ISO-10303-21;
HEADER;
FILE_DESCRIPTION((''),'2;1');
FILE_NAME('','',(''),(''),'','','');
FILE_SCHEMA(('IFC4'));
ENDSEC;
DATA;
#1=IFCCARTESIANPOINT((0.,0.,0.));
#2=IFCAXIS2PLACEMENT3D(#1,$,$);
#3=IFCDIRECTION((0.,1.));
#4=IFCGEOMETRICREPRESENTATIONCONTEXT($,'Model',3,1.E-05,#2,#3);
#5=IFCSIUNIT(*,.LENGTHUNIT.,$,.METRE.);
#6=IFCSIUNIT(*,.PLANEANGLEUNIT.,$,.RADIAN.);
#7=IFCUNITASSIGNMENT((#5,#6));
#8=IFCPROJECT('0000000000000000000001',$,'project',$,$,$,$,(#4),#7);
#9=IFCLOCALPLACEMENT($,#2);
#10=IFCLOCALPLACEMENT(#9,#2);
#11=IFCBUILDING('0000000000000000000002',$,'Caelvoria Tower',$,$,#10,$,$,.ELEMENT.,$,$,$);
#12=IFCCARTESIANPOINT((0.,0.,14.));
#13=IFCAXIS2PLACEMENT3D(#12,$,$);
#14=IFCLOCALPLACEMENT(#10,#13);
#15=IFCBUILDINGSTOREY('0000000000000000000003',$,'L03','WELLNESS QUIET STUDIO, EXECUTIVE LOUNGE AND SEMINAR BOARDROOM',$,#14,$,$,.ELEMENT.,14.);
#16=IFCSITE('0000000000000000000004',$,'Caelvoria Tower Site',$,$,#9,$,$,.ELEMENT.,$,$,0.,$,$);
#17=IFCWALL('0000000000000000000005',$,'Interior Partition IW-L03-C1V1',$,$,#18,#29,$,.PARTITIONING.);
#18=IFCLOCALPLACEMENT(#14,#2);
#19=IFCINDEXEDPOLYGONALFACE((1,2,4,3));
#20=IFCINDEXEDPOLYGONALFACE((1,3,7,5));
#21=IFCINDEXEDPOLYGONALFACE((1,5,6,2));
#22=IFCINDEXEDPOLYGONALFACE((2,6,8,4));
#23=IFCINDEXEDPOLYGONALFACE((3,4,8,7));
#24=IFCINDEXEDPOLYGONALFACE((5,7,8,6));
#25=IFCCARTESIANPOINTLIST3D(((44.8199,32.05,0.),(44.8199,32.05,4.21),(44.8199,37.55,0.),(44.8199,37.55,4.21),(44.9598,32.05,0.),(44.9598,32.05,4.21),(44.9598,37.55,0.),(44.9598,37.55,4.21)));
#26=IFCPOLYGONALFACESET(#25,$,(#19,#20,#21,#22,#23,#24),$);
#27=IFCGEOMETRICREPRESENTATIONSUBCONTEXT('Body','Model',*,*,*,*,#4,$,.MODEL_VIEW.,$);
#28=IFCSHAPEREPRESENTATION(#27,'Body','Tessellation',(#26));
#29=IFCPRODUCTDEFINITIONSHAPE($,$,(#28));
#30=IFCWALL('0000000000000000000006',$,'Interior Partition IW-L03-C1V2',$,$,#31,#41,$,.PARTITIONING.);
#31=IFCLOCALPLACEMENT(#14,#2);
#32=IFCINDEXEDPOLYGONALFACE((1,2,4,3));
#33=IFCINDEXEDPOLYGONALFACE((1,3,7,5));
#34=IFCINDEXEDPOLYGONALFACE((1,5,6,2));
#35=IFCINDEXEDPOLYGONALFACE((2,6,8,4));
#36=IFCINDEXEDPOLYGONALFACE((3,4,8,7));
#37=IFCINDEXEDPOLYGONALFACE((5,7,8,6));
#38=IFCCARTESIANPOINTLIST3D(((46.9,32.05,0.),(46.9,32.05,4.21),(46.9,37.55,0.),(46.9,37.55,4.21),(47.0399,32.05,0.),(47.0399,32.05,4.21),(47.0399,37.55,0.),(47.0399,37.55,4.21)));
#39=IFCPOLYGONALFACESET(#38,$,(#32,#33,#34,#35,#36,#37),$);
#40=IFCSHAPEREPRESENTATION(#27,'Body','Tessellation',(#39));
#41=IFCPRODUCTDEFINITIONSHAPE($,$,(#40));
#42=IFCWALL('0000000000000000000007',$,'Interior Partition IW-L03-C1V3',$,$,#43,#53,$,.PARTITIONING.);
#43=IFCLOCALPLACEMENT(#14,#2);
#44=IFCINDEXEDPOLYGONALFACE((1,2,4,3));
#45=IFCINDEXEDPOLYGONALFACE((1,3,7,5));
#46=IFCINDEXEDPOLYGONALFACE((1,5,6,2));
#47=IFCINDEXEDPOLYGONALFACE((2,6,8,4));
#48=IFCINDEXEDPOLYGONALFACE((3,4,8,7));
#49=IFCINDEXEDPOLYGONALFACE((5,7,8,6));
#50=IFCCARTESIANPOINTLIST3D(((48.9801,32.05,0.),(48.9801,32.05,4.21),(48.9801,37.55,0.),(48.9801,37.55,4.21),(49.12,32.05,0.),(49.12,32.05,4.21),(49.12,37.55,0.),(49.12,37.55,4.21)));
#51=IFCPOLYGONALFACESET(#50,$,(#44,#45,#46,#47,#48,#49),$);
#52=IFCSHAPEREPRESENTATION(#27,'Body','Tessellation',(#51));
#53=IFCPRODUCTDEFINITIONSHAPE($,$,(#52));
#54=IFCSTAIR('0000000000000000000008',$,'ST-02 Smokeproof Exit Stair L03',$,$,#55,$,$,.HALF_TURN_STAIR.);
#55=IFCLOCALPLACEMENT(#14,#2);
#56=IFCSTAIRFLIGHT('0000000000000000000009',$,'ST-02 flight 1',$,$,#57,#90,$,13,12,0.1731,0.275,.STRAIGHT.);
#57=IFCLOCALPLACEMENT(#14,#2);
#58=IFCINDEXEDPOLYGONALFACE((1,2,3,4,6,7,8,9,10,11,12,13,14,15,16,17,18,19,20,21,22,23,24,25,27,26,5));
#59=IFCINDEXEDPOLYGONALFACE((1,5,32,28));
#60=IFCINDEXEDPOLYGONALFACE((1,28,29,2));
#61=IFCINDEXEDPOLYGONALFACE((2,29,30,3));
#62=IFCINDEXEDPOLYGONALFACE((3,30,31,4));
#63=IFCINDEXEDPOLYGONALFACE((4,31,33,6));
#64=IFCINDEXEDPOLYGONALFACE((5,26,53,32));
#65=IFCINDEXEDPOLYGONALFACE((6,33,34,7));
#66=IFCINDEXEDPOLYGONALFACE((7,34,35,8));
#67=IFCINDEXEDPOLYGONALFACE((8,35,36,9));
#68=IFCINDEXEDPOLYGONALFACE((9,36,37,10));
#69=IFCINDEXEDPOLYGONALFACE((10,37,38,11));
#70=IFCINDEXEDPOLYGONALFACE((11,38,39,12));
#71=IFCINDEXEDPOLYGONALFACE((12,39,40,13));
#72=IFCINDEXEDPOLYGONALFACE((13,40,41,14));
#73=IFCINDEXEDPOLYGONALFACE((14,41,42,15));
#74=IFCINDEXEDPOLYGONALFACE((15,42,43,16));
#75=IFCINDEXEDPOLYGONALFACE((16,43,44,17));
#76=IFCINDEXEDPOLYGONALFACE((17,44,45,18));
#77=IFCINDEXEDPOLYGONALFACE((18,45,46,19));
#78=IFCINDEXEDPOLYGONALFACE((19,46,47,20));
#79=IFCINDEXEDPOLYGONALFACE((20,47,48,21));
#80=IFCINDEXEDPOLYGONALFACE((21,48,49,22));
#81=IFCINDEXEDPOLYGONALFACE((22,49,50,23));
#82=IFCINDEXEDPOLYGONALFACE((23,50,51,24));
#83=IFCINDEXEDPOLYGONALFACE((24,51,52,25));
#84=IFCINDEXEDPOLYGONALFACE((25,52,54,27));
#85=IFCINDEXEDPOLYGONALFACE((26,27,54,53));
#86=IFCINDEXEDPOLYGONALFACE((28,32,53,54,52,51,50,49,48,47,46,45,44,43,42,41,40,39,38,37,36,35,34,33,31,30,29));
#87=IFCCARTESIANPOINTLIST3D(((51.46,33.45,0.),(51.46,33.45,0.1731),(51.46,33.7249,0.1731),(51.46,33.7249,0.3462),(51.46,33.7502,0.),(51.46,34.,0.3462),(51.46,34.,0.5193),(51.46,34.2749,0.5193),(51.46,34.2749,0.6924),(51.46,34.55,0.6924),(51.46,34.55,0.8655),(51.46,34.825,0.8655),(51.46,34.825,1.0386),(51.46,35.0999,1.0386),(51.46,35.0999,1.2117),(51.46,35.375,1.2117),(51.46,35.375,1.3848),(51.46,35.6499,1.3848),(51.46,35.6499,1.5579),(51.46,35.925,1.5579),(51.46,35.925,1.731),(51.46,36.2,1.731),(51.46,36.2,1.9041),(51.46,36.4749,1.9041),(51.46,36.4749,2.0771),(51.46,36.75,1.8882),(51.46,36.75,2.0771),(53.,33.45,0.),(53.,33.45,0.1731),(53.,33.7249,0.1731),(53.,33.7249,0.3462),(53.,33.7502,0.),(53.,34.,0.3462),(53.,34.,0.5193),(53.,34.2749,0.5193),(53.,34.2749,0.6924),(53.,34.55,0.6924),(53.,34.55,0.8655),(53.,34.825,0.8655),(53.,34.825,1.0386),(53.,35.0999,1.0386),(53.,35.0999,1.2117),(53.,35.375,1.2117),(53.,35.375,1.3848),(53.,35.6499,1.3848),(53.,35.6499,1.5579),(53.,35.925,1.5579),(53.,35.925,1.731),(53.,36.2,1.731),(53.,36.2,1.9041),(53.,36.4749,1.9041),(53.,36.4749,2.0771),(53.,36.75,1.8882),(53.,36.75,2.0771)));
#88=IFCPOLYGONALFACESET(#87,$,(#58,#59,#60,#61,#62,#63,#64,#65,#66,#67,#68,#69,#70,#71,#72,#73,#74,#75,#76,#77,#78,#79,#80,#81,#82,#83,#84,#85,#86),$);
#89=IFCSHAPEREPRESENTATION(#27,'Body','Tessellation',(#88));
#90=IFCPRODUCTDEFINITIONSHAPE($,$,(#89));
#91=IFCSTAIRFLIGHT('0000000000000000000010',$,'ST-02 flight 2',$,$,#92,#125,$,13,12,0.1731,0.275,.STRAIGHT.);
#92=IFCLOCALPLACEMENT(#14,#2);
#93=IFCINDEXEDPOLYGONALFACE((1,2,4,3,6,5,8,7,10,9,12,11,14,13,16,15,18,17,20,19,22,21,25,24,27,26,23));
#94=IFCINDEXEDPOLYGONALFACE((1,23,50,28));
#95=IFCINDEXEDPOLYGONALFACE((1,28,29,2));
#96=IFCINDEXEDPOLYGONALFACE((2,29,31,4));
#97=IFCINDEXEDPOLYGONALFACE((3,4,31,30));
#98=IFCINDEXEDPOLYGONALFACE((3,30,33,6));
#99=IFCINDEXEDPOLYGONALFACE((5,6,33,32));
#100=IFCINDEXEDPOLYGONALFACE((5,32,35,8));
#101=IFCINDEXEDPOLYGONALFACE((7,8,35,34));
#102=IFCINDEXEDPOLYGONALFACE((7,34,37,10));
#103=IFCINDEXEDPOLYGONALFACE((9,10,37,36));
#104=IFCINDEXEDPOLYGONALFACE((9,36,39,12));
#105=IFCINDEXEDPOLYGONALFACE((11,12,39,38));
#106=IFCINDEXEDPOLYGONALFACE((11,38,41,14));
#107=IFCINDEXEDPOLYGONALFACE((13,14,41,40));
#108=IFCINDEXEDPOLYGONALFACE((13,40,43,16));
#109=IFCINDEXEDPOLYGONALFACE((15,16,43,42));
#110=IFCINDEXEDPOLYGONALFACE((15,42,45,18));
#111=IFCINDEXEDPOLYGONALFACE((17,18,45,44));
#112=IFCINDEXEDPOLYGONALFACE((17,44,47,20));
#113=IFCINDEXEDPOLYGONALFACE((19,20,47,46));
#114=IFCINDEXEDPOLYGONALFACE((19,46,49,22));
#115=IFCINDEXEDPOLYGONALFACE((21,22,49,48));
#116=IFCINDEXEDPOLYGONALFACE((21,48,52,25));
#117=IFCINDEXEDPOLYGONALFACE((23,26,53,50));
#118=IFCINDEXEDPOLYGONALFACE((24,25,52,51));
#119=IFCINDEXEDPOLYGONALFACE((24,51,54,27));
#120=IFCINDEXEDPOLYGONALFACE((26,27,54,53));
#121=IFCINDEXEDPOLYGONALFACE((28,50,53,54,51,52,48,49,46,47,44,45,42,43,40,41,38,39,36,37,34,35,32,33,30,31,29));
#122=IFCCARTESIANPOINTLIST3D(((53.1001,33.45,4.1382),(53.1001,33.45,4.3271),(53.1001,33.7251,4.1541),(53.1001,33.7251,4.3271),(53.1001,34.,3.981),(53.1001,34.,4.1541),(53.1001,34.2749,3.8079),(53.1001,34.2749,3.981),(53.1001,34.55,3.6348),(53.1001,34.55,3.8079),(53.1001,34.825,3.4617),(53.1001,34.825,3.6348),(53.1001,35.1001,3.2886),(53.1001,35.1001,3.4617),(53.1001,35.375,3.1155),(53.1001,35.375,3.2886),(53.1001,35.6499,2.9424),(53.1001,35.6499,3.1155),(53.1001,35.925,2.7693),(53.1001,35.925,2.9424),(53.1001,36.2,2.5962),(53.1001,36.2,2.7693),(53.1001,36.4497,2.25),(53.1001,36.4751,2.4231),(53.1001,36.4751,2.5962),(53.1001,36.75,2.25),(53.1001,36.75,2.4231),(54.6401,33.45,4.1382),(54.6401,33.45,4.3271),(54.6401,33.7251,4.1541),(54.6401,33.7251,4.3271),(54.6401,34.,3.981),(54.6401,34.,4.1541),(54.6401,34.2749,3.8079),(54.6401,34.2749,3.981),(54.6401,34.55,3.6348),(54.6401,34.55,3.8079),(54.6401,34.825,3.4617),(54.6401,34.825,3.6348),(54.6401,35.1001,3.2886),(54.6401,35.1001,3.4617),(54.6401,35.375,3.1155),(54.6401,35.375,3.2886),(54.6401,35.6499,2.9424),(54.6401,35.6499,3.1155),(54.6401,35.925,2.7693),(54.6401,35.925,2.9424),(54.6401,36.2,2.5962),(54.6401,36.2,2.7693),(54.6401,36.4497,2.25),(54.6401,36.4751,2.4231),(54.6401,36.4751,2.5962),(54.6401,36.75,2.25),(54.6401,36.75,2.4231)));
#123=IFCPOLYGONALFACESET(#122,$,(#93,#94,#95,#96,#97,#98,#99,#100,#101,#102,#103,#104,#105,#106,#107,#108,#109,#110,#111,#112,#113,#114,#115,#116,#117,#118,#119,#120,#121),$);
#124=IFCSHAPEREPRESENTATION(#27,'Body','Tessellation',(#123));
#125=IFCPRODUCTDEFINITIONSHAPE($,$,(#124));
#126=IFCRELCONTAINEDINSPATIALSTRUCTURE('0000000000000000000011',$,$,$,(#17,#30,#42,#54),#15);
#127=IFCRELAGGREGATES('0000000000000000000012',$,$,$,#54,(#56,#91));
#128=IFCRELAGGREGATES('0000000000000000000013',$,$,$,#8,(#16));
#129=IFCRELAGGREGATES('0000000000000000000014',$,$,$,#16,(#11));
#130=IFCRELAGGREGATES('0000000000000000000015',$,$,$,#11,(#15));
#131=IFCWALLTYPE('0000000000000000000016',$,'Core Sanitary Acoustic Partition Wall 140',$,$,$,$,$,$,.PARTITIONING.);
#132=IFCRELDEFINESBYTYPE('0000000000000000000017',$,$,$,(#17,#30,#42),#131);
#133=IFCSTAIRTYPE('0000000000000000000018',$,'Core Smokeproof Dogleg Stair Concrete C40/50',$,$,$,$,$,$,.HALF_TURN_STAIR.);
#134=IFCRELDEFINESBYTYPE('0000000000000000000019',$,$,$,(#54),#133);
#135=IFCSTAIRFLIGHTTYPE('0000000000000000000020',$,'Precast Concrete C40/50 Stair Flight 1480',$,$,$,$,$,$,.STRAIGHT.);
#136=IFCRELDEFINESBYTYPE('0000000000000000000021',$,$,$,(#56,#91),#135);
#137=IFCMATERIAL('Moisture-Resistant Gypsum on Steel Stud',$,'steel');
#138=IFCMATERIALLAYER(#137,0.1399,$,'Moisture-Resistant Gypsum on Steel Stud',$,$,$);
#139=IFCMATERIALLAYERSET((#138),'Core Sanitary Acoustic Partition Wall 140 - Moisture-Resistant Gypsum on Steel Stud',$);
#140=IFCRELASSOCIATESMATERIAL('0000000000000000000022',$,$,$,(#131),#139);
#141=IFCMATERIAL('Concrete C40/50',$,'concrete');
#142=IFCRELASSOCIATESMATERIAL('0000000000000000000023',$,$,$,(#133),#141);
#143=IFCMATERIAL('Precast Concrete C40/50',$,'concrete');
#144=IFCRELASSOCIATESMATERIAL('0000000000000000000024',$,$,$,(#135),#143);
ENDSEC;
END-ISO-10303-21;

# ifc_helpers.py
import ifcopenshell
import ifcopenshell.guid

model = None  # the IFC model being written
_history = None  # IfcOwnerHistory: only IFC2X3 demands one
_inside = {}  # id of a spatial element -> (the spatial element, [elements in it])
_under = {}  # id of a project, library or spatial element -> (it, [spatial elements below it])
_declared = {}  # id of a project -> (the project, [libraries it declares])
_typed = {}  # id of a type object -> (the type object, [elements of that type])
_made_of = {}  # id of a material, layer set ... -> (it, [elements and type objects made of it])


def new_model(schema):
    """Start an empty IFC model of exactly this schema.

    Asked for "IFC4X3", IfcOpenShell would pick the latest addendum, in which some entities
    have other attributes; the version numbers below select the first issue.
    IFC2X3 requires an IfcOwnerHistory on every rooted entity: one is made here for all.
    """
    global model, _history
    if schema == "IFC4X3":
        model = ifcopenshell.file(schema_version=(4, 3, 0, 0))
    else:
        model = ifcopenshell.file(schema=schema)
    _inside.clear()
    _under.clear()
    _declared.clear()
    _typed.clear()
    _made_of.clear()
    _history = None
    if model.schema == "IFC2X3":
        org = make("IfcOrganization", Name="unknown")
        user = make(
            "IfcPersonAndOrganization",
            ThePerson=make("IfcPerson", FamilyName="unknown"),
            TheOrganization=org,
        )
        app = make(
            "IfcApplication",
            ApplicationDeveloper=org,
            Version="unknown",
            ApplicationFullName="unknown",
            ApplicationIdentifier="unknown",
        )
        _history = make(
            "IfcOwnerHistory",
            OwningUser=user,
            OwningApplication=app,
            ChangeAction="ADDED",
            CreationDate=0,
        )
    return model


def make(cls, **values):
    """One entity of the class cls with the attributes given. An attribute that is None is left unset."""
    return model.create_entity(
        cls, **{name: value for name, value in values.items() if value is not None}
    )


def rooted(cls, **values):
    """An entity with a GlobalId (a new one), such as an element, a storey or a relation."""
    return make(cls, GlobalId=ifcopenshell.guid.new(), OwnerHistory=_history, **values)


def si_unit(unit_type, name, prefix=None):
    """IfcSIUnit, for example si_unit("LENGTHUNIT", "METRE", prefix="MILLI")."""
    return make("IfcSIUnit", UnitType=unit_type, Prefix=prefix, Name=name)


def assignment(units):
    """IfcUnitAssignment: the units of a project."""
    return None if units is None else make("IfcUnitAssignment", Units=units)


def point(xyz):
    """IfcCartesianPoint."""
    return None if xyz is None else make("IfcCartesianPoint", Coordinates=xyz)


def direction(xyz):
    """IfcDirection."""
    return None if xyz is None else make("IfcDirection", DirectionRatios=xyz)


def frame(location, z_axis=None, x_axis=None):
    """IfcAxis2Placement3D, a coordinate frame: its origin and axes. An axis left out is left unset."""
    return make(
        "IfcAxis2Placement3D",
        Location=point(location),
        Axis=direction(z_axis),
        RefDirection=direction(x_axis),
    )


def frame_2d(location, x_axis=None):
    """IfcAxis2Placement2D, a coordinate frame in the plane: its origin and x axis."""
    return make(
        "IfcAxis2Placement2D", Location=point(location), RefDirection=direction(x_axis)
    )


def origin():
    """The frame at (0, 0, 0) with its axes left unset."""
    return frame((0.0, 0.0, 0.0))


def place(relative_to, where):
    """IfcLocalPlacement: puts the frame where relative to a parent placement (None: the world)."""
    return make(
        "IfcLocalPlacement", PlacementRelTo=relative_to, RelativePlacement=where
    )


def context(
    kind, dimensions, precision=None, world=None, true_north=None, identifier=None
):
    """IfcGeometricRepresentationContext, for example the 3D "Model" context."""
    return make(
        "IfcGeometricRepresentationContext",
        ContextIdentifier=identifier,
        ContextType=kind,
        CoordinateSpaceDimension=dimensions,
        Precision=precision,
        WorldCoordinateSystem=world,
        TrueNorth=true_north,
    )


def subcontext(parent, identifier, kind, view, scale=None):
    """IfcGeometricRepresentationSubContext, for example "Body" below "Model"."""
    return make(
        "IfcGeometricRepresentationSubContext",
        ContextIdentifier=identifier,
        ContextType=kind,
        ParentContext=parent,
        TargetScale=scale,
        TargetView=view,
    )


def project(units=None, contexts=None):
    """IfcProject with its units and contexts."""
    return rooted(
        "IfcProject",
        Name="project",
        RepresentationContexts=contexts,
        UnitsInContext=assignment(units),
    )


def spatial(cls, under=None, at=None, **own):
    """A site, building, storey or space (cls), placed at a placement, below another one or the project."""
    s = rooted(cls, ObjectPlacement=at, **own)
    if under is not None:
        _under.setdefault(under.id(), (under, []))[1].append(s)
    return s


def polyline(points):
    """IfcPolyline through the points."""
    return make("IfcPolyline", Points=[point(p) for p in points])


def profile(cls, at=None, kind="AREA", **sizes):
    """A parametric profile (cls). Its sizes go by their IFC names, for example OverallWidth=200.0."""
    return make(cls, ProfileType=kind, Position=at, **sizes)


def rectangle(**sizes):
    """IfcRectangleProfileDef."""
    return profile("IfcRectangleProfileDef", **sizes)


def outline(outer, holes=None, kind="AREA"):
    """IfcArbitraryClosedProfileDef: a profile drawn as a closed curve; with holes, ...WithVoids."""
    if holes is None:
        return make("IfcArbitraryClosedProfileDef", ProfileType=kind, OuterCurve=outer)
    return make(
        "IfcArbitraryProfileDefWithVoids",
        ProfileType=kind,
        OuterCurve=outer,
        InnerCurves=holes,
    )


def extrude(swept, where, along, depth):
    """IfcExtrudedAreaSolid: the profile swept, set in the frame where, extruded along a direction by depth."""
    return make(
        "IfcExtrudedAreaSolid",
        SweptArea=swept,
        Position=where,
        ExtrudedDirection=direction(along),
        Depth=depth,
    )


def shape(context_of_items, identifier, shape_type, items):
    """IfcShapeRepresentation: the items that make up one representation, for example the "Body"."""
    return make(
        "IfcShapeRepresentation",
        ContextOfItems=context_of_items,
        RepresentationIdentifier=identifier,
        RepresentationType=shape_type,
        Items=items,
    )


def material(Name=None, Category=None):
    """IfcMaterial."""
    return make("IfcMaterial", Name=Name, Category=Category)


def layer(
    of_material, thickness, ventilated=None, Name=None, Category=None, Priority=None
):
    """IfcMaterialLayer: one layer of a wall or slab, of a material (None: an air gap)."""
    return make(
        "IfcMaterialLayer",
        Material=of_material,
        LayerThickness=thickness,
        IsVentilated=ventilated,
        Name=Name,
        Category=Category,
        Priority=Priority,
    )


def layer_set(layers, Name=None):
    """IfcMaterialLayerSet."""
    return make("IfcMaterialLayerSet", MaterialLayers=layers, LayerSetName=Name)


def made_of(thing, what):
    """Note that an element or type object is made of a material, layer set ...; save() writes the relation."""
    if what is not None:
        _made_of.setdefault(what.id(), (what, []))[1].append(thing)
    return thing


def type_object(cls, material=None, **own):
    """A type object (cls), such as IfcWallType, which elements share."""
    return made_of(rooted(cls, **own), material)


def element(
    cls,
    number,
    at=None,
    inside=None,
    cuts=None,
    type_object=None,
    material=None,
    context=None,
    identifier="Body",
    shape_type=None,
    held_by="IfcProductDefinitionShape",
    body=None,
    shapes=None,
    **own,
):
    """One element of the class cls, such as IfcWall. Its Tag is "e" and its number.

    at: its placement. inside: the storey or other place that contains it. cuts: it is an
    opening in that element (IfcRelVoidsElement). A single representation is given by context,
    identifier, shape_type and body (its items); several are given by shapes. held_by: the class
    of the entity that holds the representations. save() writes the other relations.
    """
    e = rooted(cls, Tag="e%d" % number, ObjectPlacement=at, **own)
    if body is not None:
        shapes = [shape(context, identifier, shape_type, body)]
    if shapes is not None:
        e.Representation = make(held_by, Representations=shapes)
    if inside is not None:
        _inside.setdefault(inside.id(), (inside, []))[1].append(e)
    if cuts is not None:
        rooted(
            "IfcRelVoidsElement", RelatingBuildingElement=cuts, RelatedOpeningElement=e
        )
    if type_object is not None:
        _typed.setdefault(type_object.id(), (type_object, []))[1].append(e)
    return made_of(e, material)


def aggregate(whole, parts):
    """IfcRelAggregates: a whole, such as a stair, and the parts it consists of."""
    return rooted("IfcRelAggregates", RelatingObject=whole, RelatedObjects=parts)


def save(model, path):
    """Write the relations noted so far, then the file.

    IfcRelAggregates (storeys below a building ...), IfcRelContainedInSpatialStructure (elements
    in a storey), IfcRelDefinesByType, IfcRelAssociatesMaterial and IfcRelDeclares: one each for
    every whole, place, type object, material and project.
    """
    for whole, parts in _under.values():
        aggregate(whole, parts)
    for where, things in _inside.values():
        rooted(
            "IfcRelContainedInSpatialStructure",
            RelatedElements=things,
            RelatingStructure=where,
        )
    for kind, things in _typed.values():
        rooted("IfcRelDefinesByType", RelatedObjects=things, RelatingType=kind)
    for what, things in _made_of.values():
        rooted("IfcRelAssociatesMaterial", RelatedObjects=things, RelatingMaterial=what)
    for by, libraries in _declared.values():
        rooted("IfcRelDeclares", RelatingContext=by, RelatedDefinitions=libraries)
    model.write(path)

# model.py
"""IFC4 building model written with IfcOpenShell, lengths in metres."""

from ifc_helpers import new_model, si_unit, direction, frame, frame_2d, origin, place, context, subcontext, project, spatial, polyline, rectangle, outline, extrude, material, layer, layer_set, type_object, element, aggregate, save


model = new_model("IFC4")

# Units and contexts
model_context = context("Model", 3, precision=1e-05, world=origin(), true_north=direction((0.0, 1.0)))
body_context = subcontext(model_context, "Body", "Model", "MODEL_VIEW")
ifc_project = project(units=[si_unit("LENGTHUNIT", "METRE"), si_unit("PLANEANGLEUNIT", "RADIAN")], contexts=[model_context])

# Site, building, storey
site_placement = place(None, origin())
site = spatial("IfcSite", under=ifc_project, at=site_placement, Name="Caelvoria Tower Site", CompositionType="ELEMENT", RefElevation=0.0)
building_placement = place(site_placement, origin())
building = spatial("IfcBuilding", under=site, at=building_placement, Name="Caelvoria Tower", CompositionType="ELEMENT")
storey_placement = place(building_placement, frame((0.0, 0.0, 14.0)))
storey = spatial("IfcBuildingStorey", under=building, at=storey_placement, Name="L03", Description="WELLNESS QUIET STUDIO, EXECUTIVE LOUNGE AND SEMINAR BOARDROOM", CompositionType="ELEMENT", Elevation=14.0)

# Walls
ifc_material_1 = material(Name="Moisture-Resistant Gypsum on Steel Stud", Category="steel")
ifc_layer = layer(ifc_material_1, 0.1399, Name="Moisture-Resistant Gypsum on Steel Stud")
ifc_layer_set = layer_set([ifc_layer], Name="Core Sanitary Acoustic Partition Wall 140 - Moisture-Resistant Gypsum on Steel Stud")
wall_type = type_object("IfcWallType", Name="Core Sanitary Acoustic Partition Wall 140", PredefinedType="PARTITIONING", material=ifc_layer_set)
for number, where, z_axis, x_axis, name in (
    (1, (44.8899, 32.05, 0.0), (0.0, 0.0, 1.0), (0.0, 1.0, 0.0), "Interior Partition IW-L03-C1V1"),
    (2, (46.97, 32.05, 0.0), (0.0, 0.0, 1.0), (0.0, 1.0, 0.0), "Interior Partition IW-L03-C1V2"),
    (3, (49.05, 32.05, 0.0), (0.0, 0.0, 1.0), (0.0, 1.0, 0.0), "Interior Partition IW-L03-C1V3"),
):
    element("IfcWall", number, at=place(storey_placement, frame(where, z_axis=z_axis, x_axis=x_axis)), inside=storey, type_object=wall_type, Name=name, PredefinedType="PARTITIONING", context=body_context, shape_type="SweptSolid", body=[
        extrude(rectangle(XDim=5.5, YDim=0.1399, at=frame_2d((2.75, 0.0))), origin(), (0.0, 0.0, 1.0), 4.21),
    ])

# Stair, stair flights
ifc_material_2 = material(Name="Concrete C40/50", Category="concrete")
stair_type = type_object("IfcStairType", Name="Core Smokeproof Dogleg Stair Concrete C40/50", PredefinedType="HALF_TURN_STAIR", material=ifc_material_2)
stair_placement = place(storey_placement, origin())
stair = element("IfcStair", 4, at=stair_placement, inside=storey, type_object=stair_type, Name="ST-02 Smokeproof Exit Stair L03", PredefinedType="HALF_TURN_STAIR")
ifc_material_3 = material(Name="Precast Concrete C40/50", Category="concrete")
stair_flight_type = type_object("IfcStairFlightType", Name="Precast Concrete C40/50 Stair Flight 1480", PredefinedType="STRAIGHT", material=ifc_material_3)
stair_flight_1_placement = place(storey_placement, frame((52.23, 33.45, 0.0), z_axis=(0.0, 0.0, 1.0), x_axis=(0.0, 1.0, 0.0)))
stair_flight_1 = element("IfcStairFlight", 5, at=stair_flight_1_placement, type_object=stair_flight_type, Name="ST-02 flight 1", NumberOfRisers=13, NumberOfTreads=12, PredefinedType="STRAIGHT", RiserHeight=0.1731, TreadLength=0.275, context=body_context, shape_type="SweptSolid", body=[
    extrude(outline(polyline([(0.0, 0.0), (0.0, 0.1731), (0.2749, 0.1731), (0.2749, 0.3462), (0.55, 0.3462), (0.55, 0.5193), (0.825, 0.5193), (0.825, 0.6924), (1.1001, 0.6924), (1.1001, 0.8655), (1.375, 0.8655), (1.375, 1.0386), (1.6499, 1.0386), (1.6499, 1.2117), (1.925, 1.2117), (1.925, 1.3848), (2.2, 1.3848), (2.2, 1.5579), (2.4751, 1.5579), (2.4751, 1.731), (2.75, 1.731), (2.75, 1.9041), (3.0249, 1.9041), (3.0249, 2.0771), (3.3, 2.0771), (3.3, 2.2502), (3.3, 1.8882), (0.3003, 0.0), (0.0, 0.0)])), frame((0.0, 0.77, 0.0), z_axis=(0.0, -1.0, 0.0), x_axis=(1.0, 0.0, 0.0)), (0.0, 0.0, 1.0), 1.54),
])
stair_flight_2_placement = place(storey_placement, frame((53.8701, 36.75, 2.25), z_axis=(0.0, 0.0, 1.0), x_axis=(0.0, -1.0, 0.0)))
stair_flight_2 = element("IfcStairFlight", 6, at=stair_flight_2_placement, type_object=stair_flight_type, Name="ST-02 flight 2", NumberOfRisers=13, NumberOfTreads=12, PredefinedType="STRAIGHT", RiserHeight=0.1731, TreadLength=0.275, context=body_context, shape_type="SweptSolid", body=[
    extrude(outline(polyline([(0.0, 0.0), (0.0, 0.1731), (0.2749, 0.1731), (0.2749, 0.3462), (0.55, 0.3462), (0.55, 0.5193), (0.825, 0.5193), (0.825, 0.6924), (1.1001, 0.6924), (1.1001, 0.8655), (1.375, 0.8655), (1.375, 1.0386), (1.6499, 1.0386), (1.6499, 1.2117), (1.925, 1.2117), (1.925, 1.3848), (2.2, 1.3848), (2.2, 1.5579), (2.4751, 1.5579), (2.4751, 1.731), (2.75, 1.731), (2.75, 1.9041), (3.0249, 1.9041), (3.0249, 2.0771), (3.3, 2.0771), (3.3, 2.2502), (3.3, 1.8882), (0.3003, 0.0), (0.0, 0.0)])), frame((0.0, 0.77, 0.0), z_axis=(0.0, -1.0, 0.0), x_axis=(1.0, 0.0, 0.0)), (0.0, 0.0, 1.0), 1.54),
])
aggregate(stair, [stair_flight_1, stair_flight_2])

save(model, "model.ifc")
